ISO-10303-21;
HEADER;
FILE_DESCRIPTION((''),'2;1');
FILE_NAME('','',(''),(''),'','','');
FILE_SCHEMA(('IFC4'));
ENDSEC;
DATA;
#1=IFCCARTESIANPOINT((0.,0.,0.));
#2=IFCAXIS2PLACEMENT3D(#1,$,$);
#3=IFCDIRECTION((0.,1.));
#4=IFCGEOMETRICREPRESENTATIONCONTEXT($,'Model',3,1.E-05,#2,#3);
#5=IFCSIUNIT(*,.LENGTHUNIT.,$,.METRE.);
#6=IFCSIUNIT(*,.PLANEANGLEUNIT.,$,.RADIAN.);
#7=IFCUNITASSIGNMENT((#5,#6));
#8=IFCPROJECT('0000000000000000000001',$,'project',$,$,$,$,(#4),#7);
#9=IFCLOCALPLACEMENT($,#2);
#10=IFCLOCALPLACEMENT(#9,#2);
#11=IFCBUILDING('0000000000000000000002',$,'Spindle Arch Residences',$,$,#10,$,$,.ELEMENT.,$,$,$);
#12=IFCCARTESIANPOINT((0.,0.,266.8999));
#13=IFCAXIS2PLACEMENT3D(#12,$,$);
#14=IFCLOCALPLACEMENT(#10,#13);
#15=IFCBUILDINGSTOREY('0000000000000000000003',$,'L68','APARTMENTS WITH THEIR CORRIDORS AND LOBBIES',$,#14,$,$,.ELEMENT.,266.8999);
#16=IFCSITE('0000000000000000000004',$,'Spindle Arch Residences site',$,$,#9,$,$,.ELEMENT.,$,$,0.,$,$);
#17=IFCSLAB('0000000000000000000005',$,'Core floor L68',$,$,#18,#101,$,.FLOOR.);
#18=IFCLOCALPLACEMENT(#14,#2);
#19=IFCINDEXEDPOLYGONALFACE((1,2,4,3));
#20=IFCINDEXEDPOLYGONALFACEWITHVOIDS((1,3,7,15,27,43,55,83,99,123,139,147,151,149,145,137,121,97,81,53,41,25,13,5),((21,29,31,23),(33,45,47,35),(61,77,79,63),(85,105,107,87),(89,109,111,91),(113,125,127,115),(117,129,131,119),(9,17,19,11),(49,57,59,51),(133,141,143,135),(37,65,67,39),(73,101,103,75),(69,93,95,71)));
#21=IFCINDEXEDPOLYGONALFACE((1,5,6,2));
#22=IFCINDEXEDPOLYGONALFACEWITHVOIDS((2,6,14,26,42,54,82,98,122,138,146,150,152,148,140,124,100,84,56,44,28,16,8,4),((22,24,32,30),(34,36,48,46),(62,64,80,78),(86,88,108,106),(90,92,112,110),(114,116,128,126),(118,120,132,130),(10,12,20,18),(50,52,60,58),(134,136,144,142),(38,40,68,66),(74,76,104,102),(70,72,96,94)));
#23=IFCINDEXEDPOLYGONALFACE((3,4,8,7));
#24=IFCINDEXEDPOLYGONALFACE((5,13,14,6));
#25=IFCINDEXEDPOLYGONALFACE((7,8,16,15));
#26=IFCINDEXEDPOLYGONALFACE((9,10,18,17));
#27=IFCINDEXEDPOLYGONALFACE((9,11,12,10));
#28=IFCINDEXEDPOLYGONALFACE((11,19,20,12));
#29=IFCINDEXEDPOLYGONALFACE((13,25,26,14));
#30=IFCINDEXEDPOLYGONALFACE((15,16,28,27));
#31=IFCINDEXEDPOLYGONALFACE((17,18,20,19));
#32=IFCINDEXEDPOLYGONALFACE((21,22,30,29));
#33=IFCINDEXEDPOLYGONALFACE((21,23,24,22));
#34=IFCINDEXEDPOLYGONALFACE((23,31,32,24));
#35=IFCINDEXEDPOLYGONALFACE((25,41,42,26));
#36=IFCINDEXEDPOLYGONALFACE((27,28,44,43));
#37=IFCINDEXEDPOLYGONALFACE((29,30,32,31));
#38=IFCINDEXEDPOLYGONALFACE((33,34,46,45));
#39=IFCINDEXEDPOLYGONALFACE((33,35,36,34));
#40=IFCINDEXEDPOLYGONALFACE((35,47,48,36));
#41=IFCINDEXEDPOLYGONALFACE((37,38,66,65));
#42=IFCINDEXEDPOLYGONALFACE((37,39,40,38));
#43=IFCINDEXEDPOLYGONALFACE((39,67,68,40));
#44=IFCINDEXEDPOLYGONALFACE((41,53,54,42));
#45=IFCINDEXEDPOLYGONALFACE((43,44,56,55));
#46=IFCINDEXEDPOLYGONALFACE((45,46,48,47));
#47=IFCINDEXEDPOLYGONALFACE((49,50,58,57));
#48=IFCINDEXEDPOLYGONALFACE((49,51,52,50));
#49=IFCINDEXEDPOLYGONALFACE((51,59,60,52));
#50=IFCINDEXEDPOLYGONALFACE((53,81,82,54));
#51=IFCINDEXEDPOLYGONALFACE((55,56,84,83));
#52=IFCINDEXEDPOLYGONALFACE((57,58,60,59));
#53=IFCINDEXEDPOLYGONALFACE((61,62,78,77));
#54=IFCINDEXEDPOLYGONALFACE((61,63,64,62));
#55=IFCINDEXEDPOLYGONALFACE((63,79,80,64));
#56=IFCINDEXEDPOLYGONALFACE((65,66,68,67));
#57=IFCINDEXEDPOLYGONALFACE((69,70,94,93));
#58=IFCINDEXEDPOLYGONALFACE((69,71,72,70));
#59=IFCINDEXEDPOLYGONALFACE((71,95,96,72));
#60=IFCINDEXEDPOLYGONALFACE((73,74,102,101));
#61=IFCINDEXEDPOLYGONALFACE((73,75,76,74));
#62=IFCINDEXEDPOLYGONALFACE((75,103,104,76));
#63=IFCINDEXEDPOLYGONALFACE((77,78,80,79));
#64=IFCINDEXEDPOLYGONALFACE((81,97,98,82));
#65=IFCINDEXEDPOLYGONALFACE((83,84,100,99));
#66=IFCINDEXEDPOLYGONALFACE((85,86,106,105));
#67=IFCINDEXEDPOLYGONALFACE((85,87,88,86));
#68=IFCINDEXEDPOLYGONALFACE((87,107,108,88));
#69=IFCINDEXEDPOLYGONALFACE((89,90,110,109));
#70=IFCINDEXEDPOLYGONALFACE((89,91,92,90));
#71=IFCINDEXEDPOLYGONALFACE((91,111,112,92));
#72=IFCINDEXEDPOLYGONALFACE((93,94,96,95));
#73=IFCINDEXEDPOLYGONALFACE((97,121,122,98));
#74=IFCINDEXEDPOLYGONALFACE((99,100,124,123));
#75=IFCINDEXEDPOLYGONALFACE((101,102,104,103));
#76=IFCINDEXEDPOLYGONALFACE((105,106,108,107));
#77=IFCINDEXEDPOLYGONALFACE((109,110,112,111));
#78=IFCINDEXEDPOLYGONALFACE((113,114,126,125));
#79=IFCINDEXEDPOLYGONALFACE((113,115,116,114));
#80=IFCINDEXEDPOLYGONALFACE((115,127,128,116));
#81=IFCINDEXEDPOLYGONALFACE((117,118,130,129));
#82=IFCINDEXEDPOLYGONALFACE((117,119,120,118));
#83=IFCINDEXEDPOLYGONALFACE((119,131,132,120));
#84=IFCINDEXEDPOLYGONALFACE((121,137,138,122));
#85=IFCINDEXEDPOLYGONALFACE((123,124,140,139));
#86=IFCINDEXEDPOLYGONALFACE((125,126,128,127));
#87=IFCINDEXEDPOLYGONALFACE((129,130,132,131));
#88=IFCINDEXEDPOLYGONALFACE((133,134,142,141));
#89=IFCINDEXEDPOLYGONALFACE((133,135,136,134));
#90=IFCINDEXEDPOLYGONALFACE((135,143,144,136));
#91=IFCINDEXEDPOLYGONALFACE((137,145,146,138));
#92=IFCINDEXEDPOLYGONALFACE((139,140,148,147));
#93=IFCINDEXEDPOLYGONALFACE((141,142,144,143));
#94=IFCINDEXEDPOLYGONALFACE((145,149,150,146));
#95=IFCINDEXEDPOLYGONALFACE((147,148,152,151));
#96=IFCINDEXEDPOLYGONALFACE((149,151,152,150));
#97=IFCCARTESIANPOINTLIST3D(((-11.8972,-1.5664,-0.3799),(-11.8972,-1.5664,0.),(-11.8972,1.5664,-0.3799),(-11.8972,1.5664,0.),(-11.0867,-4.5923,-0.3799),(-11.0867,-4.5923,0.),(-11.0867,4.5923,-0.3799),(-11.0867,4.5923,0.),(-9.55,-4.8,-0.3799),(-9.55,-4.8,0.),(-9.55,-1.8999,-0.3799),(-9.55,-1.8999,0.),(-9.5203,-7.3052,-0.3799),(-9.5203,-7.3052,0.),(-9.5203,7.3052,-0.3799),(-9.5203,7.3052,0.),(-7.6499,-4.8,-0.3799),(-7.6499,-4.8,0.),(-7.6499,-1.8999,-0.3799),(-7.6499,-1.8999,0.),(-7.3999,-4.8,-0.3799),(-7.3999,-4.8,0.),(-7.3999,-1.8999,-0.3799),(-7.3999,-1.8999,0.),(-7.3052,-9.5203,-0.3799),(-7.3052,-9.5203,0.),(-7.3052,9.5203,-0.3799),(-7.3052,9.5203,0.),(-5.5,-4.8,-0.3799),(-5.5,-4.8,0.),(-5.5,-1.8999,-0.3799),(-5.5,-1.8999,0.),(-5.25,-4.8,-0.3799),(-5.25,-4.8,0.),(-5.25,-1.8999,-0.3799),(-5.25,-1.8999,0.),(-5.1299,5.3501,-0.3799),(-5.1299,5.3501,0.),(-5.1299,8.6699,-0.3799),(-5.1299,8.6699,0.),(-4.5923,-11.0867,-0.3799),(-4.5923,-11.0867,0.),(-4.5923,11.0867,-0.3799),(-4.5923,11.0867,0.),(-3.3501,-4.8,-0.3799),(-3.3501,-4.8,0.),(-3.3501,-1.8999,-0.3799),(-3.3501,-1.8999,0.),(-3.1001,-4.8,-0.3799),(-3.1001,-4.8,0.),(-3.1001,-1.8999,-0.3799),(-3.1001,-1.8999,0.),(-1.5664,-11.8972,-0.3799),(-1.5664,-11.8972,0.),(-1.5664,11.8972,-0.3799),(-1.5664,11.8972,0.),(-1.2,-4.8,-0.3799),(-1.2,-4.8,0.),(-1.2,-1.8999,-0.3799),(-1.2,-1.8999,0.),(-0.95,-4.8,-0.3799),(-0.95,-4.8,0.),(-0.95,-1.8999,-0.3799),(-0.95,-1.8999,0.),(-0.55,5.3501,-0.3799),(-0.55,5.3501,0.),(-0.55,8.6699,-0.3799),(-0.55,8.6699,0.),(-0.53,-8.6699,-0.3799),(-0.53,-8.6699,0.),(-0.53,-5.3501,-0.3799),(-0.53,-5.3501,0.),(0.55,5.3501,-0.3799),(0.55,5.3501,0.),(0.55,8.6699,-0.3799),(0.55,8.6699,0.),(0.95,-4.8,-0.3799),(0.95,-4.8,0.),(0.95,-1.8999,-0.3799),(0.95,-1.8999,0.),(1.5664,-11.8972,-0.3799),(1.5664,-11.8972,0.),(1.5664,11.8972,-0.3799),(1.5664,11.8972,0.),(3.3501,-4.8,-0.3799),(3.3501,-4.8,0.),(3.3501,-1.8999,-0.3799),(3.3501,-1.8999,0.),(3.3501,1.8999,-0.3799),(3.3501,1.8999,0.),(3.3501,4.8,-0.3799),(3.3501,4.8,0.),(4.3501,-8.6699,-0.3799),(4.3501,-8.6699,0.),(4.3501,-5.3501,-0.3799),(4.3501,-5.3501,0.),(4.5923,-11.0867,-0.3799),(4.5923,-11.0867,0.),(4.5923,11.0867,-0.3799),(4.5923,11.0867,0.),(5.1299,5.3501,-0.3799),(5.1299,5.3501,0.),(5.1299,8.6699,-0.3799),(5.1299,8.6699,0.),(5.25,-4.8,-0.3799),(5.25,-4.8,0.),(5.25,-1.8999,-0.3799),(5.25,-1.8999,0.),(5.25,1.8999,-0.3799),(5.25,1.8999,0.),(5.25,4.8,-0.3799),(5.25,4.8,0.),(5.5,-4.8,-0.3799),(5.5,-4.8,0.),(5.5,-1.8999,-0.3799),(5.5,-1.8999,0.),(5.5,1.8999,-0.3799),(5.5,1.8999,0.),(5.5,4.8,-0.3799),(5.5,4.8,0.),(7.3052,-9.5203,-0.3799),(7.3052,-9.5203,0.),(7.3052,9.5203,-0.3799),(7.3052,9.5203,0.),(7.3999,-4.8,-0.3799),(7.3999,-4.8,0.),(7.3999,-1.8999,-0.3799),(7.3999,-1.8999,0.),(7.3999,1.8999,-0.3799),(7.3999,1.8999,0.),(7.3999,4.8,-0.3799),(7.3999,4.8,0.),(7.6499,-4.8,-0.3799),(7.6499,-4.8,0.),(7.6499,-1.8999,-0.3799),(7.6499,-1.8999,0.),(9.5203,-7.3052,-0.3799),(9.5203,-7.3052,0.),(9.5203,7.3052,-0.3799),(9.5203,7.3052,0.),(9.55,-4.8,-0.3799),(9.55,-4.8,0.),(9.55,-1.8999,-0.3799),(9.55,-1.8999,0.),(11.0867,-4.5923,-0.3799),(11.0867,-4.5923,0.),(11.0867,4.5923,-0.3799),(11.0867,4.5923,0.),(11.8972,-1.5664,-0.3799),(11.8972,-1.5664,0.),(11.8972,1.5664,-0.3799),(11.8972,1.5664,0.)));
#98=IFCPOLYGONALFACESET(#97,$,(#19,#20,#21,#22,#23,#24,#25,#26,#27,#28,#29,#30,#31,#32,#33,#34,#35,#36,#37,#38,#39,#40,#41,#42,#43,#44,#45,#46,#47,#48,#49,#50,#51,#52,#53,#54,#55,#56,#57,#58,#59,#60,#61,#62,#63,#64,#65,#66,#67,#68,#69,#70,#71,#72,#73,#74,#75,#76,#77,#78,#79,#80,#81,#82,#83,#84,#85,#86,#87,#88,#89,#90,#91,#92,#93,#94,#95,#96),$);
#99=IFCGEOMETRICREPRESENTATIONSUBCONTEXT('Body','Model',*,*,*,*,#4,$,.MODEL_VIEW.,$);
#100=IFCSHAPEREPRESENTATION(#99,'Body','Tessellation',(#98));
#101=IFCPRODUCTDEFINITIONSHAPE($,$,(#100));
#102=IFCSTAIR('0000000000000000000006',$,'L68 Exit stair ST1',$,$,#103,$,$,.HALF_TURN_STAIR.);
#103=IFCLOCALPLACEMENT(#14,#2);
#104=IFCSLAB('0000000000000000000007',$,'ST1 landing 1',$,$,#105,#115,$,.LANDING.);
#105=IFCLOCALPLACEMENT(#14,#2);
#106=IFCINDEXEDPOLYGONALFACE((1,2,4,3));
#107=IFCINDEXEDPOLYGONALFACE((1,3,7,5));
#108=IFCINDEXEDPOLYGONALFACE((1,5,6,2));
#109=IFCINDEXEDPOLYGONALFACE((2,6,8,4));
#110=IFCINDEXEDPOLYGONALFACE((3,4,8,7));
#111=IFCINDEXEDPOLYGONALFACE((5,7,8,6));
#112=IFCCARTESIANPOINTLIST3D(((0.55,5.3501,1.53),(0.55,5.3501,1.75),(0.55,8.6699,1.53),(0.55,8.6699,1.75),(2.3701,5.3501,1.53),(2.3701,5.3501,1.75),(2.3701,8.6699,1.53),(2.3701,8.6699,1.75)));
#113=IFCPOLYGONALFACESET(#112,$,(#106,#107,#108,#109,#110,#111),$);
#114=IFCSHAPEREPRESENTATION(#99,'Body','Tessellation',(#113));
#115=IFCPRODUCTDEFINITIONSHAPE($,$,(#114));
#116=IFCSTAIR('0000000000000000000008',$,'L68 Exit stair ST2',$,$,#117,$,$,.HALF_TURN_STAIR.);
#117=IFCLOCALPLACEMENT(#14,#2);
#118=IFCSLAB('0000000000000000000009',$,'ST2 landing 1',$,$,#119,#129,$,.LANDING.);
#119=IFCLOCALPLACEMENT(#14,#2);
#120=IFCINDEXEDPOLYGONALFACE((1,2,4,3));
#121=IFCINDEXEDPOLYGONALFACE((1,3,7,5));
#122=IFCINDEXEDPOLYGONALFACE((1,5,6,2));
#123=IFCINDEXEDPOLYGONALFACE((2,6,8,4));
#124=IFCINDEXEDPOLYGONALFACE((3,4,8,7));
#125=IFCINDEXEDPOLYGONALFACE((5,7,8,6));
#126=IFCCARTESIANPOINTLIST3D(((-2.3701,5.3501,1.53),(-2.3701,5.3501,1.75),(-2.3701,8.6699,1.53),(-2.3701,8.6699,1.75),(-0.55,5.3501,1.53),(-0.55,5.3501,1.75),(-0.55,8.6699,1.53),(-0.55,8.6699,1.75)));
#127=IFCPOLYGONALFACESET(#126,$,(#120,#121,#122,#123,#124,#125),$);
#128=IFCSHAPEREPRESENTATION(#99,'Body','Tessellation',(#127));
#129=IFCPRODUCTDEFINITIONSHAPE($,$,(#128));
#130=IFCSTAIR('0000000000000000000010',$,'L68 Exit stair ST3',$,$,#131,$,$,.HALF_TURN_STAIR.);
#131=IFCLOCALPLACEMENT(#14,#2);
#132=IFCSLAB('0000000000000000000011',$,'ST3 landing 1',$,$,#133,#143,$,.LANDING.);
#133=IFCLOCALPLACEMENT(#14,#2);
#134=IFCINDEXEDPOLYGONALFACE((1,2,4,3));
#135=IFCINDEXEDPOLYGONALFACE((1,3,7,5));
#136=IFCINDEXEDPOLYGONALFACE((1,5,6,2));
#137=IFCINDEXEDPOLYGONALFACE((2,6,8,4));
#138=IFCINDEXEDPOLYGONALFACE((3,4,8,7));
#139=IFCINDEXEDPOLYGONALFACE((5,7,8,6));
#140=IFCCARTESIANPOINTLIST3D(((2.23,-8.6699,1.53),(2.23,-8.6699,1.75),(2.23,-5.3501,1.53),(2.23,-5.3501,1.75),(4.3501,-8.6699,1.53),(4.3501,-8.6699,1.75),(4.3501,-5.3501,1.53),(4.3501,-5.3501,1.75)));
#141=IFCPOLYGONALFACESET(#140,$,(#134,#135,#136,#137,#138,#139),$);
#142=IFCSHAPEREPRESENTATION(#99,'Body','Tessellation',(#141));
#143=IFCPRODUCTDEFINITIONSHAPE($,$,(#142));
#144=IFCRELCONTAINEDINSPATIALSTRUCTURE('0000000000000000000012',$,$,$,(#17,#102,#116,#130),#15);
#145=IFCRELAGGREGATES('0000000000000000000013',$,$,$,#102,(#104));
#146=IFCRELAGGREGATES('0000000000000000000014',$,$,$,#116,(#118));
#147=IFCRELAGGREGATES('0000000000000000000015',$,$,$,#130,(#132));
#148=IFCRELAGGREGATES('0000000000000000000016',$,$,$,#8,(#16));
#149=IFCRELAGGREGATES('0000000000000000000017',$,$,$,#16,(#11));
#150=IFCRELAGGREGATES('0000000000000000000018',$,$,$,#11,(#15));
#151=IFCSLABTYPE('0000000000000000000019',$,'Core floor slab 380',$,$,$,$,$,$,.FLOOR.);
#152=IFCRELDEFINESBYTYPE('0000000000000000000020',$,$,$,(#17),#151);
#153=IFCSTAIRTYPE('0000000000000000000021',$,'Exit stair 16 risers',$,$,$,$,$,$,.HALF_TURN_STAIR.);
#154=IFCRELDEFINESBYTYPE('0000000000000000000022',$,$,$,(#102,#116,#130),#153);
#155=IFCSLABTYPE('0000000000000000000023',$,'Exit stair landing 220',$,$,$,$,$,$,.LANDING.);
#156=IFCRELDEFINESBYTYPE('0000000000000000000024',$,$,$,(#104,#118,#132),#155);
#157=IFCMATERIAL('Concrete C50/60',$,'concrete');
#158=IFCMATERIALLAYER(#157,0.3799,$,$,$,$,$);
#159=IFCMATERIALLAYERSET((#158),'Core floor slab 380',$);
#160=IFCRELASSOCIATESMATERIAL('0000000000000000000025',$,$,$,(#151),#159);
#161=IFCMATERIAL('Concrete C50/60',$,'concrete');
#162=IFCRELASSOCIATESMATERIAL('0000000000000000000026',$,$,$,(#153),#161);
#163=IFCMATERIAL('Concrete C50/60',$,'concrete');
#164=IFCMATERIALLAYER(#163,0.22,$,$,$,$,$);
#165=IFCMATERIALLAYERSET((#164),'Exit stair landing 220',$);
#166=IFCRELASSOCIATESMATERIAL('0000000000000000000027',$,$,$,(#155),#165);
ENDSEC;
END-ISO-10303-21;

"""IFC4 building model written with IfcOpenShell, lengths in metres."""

from ifc_helpers import new_model, si_unit, direction, frame, origin, place, context, subcontext, project, spatial, polyline, outline, extrude, material, layer, layer_set, type_object, element, aggregate, save


model = new_model("IFC4")

# Units and contexts
model_context = context("Model", 3, precision=1e-05, world=origin(), true_north=direction((0.0, 1.0)))
body_context = subcontext(model_context, "Body", "Model", "MODEL_VIEW")
ifc_project = project(units=[si_unit("LENGTHUNIT", "METRE"), si_unit("PLANEANGLEUNIT", "RADIAN")], contexts=[model_context])

# Site, building, storey
site_placement = place(None, origin())
site = spatial("IfcSite", under=ifc_project, at=site_placement, Name="Spindle Arch Residences site", CompositionType="ELEMENT", RefElevation=0.0)
building_placement = place(site_placement, origin())
building = spatial("IfcBuilding", under=site, at=building_placement, Name="Spindle Arch Residences", CompositionType="ELEMENT")
storey_placement = place(building_placement, frame((0.0, 0.0, 266.8999)))
storey = spatial("IfcBuildingStorey", under=building, at=storey_placement, Name="L68", Description="APARTMENTS WITH THEIR CORRIDORS AND LOBBIES", CompositionType="ELEMENT", Elevation=266.8999)

# Slab
ifc_material_1 = material(Name="Concrete C50/60", Category="concrete")
ifc_layer_1 = layer(ifc_material_1, 0.3799)
ifc_layer_set_1 = layer_set([ifc_layer_1], Name="Core floor slab 380")
slab_type_1 = type_object("IfcSlabType", Name="Core floor slab 380", PredefinedType="FLOOR", material=ifc_layer_set_1)
slab_1_placement = place(storey_placement, frame((0.0, 0.0, -0.3799)))
element("IfcSlab", 1, at=slab_1_placement, inside=storey, type_object=slab_type_1, Name="Core floor L68", PredefinedType="FLOOR", context=body_context, shape_type="SweptSolid", body=[
    extrude(outline(polyline([(1.5664, -11.8972), (4.5923, -11.0867), (7.3052, -9.5203), (9.5203, -7.3052), (11.0867, -4.5923), (11.8972, -1.5664), (11.8972, 1.5664), (11.0867, 4.5923), (9.5203, 7.3052), (7.3052, 9.5203), (4.5923, 11.0867), (1.5664, 11.8972), (-1.5664, 11.8972), (-4.5923, 11.0867), (-7.3052, 9.5203), (-9.5203, 7.3052), (-11.0867, 4.5923), (-11.8972, 1.5664), (-11.8972, -1.5664), (-11.0867, -4.5923), (-9.5203, -7.3052), (-7.3052, -9.5203), (-4.5923, -11.0867), (-1.5664, -11.8972), (1.5664, -11.8972)]), holes=[polyline([(3.3501, 1.8999), (5.25, 1.8999), (5.25, 4.8), (3.3501, 4.8), (3.3501, 1.8999)]), polyline([(5.5, 1.8999), (7.3999, 1.8999), (7.3999, 4.8), (5.5, 4.8), (5.5, 1.8999)]), polyline([(-9.55, -4.8), (-7.6499, -4.8), (-7.6499, -1.8999), (-9.55, -1.8999), (-9.55, -4.8)]), polyline([(-7.3999, -4.8), (-5.5, -4.8), (-5.5, -1.8999), (-7.3999, -1.8999), (-7.3999, -4.8)]), polyline([(-5.25, -4.8), (-3.3501, -4.8), (-3.3501, -1.8999), (-5.25, -1.8999), (-5.25, -4.8)]), polyline([(-3.1001, -4.8), (-1.2, -4.8), (-1.2, -1.8999), (-3.1001, -1.8999), (-3.1001, -4.8)]), polyline([(-0.95, -4.8), (0.95, -4.8), (0.95, -1.8999), (-0.95, -1.8999), (-0.95, -4.8)]), polyline([(3.3501, -4.8), (5.25, -4.8), (5.25, -1.8999), (3.3501, -1.8999), (3.3501, -4.8)]), polyline([(5.5, -4.8), (7.3999, -4.8), (7.3999, -1.8999), (5.5, -1.8999), (5.5, -4.8)]), polyline([(7.6499, -4.8), (9.55, -4.8), (9.55, -1.8999), (7.6499, -1.8999), (7.6499, -4.8)]), polyline([(5.1299, 8.6699), (0.55, 8.6699), (0.55, 5.3501), (5.1299, 5.3501), (5.1299, 8.6699)]), polyline([(-5.1299, 5.3501), (-0.55, 5.3501), (-0.55, 8.6699), (-5.1299, 8.6699), (-5.1299, 5.3501)]), polyline([(-0.53, -8.6699), (4.3501, -8.6699), (4.3501, -5.3501), (-0.53, -5.3501), (-0.53, -8.6699)])]), origin(), (0.0, 0.0, 1.0), 0.3799),
])

# Stairs, slabs
ifc_material_2 = material(Name="Concrete C50/60", Category="concrete")
stair_type = type_object("IfcStairType", Name="Exit stair 16 risers", PredefinedType="HALF_TURN_STAIR", material=ifc_material_2)
stair_1_placement = place(storey_placement, origin())
stair_1 = element("IfcStair", 2, at=stair_1_placement, inside=storey, type_object=stair_type, Name="L68 Exit stair ST1", PredefinedType="HALF_TURN_STAIR")
ifc_material_3 = material(Name="Concrete C50/60", Category="concrete")
ifc_layer_2 = layer(ifc_material_3, 0.22)
ifc_layer_set_2 = layer_set([ifc_layer_2], Name="Exit stair landing 220")
slab_type_2 = type_object("IfcSlabType", Name="Exit stair landing 220", PredefinedType="LANDING", material=ifc_layer_set_2)
slab_2_placement = place(storey_placement, frame((0.0, 0.0, 1.53)))
slab_2 = element("IfcSlab", 3, at=slab_2_placement, type_object=slab_type_2, Name="ST1 landing 1", PredefinedType="LANDING", context=body_context, shape_type="SweptSolid", body=[
    extrude(outline(polyline([(2.3701, 8.6699), (0.55, 8.6699), (0.55, 5.3501), (2.3701, 5.3501), (2.3701, 8.6699)])), origin(), (0.0, 0.0, 1.0), 0.22),
])
aggregate(stair_1, [slab_2])
stair_2_placement = place(storey_placement, origin())
stair_2 = element("IfcStair", 4, at=stair_2_placement, inside=storey, type_object=stair_type, Name="L68 Exit stair ST2", PredefinedType="HALF_TURN_STAIR")
slab_3_placement = place(storey_placement, frame((0.0, 0.0, 1.53)))
slab_3 = element("IfcSlab", 5, at=slab_3_placement, type_object=slab_type_2, Name="ST2 landing 1", PredefinedType="LANDING", context=body_context, shape_type="SweptSolid", body=[
    extrude(outline(polyline([(-2.3701, 5.3501), (-0.55, 5.3501), (-0.55, 8.6699), (-2.3701, 8.6699), (-2.3701, 5.3501)])), origin(), (0.0, 0.0, 1.0), 0.22),
])
aggregate(stair_2, [slab_3])
stair_3_placement = place(storey_placement, origin())
stair_3 = element("IfcStair", 6, at=stair_3_placement, inside=storey, type_object=stair_type, Name="L68 Exit stair ST3", PredefinedType="HALF_TURN_STAIR")
slab_4_placement = place(storey_placement, frame((0.0, 0.0, 1.53)))
slab_4 = element("IfcSlab", 7, at=slab_4_placement, type_object=slab_type_2, Name="ST3 landing 1", PredefinedType="LANDING", context=body_context, shape_type="SweptSolid", body=[
    extrude(outline(polyline([(2.23, -8.6699), (4.3501, -8.6699), (4.3501, -5.3501), (2.23, -5.3501), (2.23, -8.6699)])), origin(), (0.0, 0.0, 1.0), 0.22),
])

aggregate(stair_3, [slab_4])

save(model, "model.ifc")
